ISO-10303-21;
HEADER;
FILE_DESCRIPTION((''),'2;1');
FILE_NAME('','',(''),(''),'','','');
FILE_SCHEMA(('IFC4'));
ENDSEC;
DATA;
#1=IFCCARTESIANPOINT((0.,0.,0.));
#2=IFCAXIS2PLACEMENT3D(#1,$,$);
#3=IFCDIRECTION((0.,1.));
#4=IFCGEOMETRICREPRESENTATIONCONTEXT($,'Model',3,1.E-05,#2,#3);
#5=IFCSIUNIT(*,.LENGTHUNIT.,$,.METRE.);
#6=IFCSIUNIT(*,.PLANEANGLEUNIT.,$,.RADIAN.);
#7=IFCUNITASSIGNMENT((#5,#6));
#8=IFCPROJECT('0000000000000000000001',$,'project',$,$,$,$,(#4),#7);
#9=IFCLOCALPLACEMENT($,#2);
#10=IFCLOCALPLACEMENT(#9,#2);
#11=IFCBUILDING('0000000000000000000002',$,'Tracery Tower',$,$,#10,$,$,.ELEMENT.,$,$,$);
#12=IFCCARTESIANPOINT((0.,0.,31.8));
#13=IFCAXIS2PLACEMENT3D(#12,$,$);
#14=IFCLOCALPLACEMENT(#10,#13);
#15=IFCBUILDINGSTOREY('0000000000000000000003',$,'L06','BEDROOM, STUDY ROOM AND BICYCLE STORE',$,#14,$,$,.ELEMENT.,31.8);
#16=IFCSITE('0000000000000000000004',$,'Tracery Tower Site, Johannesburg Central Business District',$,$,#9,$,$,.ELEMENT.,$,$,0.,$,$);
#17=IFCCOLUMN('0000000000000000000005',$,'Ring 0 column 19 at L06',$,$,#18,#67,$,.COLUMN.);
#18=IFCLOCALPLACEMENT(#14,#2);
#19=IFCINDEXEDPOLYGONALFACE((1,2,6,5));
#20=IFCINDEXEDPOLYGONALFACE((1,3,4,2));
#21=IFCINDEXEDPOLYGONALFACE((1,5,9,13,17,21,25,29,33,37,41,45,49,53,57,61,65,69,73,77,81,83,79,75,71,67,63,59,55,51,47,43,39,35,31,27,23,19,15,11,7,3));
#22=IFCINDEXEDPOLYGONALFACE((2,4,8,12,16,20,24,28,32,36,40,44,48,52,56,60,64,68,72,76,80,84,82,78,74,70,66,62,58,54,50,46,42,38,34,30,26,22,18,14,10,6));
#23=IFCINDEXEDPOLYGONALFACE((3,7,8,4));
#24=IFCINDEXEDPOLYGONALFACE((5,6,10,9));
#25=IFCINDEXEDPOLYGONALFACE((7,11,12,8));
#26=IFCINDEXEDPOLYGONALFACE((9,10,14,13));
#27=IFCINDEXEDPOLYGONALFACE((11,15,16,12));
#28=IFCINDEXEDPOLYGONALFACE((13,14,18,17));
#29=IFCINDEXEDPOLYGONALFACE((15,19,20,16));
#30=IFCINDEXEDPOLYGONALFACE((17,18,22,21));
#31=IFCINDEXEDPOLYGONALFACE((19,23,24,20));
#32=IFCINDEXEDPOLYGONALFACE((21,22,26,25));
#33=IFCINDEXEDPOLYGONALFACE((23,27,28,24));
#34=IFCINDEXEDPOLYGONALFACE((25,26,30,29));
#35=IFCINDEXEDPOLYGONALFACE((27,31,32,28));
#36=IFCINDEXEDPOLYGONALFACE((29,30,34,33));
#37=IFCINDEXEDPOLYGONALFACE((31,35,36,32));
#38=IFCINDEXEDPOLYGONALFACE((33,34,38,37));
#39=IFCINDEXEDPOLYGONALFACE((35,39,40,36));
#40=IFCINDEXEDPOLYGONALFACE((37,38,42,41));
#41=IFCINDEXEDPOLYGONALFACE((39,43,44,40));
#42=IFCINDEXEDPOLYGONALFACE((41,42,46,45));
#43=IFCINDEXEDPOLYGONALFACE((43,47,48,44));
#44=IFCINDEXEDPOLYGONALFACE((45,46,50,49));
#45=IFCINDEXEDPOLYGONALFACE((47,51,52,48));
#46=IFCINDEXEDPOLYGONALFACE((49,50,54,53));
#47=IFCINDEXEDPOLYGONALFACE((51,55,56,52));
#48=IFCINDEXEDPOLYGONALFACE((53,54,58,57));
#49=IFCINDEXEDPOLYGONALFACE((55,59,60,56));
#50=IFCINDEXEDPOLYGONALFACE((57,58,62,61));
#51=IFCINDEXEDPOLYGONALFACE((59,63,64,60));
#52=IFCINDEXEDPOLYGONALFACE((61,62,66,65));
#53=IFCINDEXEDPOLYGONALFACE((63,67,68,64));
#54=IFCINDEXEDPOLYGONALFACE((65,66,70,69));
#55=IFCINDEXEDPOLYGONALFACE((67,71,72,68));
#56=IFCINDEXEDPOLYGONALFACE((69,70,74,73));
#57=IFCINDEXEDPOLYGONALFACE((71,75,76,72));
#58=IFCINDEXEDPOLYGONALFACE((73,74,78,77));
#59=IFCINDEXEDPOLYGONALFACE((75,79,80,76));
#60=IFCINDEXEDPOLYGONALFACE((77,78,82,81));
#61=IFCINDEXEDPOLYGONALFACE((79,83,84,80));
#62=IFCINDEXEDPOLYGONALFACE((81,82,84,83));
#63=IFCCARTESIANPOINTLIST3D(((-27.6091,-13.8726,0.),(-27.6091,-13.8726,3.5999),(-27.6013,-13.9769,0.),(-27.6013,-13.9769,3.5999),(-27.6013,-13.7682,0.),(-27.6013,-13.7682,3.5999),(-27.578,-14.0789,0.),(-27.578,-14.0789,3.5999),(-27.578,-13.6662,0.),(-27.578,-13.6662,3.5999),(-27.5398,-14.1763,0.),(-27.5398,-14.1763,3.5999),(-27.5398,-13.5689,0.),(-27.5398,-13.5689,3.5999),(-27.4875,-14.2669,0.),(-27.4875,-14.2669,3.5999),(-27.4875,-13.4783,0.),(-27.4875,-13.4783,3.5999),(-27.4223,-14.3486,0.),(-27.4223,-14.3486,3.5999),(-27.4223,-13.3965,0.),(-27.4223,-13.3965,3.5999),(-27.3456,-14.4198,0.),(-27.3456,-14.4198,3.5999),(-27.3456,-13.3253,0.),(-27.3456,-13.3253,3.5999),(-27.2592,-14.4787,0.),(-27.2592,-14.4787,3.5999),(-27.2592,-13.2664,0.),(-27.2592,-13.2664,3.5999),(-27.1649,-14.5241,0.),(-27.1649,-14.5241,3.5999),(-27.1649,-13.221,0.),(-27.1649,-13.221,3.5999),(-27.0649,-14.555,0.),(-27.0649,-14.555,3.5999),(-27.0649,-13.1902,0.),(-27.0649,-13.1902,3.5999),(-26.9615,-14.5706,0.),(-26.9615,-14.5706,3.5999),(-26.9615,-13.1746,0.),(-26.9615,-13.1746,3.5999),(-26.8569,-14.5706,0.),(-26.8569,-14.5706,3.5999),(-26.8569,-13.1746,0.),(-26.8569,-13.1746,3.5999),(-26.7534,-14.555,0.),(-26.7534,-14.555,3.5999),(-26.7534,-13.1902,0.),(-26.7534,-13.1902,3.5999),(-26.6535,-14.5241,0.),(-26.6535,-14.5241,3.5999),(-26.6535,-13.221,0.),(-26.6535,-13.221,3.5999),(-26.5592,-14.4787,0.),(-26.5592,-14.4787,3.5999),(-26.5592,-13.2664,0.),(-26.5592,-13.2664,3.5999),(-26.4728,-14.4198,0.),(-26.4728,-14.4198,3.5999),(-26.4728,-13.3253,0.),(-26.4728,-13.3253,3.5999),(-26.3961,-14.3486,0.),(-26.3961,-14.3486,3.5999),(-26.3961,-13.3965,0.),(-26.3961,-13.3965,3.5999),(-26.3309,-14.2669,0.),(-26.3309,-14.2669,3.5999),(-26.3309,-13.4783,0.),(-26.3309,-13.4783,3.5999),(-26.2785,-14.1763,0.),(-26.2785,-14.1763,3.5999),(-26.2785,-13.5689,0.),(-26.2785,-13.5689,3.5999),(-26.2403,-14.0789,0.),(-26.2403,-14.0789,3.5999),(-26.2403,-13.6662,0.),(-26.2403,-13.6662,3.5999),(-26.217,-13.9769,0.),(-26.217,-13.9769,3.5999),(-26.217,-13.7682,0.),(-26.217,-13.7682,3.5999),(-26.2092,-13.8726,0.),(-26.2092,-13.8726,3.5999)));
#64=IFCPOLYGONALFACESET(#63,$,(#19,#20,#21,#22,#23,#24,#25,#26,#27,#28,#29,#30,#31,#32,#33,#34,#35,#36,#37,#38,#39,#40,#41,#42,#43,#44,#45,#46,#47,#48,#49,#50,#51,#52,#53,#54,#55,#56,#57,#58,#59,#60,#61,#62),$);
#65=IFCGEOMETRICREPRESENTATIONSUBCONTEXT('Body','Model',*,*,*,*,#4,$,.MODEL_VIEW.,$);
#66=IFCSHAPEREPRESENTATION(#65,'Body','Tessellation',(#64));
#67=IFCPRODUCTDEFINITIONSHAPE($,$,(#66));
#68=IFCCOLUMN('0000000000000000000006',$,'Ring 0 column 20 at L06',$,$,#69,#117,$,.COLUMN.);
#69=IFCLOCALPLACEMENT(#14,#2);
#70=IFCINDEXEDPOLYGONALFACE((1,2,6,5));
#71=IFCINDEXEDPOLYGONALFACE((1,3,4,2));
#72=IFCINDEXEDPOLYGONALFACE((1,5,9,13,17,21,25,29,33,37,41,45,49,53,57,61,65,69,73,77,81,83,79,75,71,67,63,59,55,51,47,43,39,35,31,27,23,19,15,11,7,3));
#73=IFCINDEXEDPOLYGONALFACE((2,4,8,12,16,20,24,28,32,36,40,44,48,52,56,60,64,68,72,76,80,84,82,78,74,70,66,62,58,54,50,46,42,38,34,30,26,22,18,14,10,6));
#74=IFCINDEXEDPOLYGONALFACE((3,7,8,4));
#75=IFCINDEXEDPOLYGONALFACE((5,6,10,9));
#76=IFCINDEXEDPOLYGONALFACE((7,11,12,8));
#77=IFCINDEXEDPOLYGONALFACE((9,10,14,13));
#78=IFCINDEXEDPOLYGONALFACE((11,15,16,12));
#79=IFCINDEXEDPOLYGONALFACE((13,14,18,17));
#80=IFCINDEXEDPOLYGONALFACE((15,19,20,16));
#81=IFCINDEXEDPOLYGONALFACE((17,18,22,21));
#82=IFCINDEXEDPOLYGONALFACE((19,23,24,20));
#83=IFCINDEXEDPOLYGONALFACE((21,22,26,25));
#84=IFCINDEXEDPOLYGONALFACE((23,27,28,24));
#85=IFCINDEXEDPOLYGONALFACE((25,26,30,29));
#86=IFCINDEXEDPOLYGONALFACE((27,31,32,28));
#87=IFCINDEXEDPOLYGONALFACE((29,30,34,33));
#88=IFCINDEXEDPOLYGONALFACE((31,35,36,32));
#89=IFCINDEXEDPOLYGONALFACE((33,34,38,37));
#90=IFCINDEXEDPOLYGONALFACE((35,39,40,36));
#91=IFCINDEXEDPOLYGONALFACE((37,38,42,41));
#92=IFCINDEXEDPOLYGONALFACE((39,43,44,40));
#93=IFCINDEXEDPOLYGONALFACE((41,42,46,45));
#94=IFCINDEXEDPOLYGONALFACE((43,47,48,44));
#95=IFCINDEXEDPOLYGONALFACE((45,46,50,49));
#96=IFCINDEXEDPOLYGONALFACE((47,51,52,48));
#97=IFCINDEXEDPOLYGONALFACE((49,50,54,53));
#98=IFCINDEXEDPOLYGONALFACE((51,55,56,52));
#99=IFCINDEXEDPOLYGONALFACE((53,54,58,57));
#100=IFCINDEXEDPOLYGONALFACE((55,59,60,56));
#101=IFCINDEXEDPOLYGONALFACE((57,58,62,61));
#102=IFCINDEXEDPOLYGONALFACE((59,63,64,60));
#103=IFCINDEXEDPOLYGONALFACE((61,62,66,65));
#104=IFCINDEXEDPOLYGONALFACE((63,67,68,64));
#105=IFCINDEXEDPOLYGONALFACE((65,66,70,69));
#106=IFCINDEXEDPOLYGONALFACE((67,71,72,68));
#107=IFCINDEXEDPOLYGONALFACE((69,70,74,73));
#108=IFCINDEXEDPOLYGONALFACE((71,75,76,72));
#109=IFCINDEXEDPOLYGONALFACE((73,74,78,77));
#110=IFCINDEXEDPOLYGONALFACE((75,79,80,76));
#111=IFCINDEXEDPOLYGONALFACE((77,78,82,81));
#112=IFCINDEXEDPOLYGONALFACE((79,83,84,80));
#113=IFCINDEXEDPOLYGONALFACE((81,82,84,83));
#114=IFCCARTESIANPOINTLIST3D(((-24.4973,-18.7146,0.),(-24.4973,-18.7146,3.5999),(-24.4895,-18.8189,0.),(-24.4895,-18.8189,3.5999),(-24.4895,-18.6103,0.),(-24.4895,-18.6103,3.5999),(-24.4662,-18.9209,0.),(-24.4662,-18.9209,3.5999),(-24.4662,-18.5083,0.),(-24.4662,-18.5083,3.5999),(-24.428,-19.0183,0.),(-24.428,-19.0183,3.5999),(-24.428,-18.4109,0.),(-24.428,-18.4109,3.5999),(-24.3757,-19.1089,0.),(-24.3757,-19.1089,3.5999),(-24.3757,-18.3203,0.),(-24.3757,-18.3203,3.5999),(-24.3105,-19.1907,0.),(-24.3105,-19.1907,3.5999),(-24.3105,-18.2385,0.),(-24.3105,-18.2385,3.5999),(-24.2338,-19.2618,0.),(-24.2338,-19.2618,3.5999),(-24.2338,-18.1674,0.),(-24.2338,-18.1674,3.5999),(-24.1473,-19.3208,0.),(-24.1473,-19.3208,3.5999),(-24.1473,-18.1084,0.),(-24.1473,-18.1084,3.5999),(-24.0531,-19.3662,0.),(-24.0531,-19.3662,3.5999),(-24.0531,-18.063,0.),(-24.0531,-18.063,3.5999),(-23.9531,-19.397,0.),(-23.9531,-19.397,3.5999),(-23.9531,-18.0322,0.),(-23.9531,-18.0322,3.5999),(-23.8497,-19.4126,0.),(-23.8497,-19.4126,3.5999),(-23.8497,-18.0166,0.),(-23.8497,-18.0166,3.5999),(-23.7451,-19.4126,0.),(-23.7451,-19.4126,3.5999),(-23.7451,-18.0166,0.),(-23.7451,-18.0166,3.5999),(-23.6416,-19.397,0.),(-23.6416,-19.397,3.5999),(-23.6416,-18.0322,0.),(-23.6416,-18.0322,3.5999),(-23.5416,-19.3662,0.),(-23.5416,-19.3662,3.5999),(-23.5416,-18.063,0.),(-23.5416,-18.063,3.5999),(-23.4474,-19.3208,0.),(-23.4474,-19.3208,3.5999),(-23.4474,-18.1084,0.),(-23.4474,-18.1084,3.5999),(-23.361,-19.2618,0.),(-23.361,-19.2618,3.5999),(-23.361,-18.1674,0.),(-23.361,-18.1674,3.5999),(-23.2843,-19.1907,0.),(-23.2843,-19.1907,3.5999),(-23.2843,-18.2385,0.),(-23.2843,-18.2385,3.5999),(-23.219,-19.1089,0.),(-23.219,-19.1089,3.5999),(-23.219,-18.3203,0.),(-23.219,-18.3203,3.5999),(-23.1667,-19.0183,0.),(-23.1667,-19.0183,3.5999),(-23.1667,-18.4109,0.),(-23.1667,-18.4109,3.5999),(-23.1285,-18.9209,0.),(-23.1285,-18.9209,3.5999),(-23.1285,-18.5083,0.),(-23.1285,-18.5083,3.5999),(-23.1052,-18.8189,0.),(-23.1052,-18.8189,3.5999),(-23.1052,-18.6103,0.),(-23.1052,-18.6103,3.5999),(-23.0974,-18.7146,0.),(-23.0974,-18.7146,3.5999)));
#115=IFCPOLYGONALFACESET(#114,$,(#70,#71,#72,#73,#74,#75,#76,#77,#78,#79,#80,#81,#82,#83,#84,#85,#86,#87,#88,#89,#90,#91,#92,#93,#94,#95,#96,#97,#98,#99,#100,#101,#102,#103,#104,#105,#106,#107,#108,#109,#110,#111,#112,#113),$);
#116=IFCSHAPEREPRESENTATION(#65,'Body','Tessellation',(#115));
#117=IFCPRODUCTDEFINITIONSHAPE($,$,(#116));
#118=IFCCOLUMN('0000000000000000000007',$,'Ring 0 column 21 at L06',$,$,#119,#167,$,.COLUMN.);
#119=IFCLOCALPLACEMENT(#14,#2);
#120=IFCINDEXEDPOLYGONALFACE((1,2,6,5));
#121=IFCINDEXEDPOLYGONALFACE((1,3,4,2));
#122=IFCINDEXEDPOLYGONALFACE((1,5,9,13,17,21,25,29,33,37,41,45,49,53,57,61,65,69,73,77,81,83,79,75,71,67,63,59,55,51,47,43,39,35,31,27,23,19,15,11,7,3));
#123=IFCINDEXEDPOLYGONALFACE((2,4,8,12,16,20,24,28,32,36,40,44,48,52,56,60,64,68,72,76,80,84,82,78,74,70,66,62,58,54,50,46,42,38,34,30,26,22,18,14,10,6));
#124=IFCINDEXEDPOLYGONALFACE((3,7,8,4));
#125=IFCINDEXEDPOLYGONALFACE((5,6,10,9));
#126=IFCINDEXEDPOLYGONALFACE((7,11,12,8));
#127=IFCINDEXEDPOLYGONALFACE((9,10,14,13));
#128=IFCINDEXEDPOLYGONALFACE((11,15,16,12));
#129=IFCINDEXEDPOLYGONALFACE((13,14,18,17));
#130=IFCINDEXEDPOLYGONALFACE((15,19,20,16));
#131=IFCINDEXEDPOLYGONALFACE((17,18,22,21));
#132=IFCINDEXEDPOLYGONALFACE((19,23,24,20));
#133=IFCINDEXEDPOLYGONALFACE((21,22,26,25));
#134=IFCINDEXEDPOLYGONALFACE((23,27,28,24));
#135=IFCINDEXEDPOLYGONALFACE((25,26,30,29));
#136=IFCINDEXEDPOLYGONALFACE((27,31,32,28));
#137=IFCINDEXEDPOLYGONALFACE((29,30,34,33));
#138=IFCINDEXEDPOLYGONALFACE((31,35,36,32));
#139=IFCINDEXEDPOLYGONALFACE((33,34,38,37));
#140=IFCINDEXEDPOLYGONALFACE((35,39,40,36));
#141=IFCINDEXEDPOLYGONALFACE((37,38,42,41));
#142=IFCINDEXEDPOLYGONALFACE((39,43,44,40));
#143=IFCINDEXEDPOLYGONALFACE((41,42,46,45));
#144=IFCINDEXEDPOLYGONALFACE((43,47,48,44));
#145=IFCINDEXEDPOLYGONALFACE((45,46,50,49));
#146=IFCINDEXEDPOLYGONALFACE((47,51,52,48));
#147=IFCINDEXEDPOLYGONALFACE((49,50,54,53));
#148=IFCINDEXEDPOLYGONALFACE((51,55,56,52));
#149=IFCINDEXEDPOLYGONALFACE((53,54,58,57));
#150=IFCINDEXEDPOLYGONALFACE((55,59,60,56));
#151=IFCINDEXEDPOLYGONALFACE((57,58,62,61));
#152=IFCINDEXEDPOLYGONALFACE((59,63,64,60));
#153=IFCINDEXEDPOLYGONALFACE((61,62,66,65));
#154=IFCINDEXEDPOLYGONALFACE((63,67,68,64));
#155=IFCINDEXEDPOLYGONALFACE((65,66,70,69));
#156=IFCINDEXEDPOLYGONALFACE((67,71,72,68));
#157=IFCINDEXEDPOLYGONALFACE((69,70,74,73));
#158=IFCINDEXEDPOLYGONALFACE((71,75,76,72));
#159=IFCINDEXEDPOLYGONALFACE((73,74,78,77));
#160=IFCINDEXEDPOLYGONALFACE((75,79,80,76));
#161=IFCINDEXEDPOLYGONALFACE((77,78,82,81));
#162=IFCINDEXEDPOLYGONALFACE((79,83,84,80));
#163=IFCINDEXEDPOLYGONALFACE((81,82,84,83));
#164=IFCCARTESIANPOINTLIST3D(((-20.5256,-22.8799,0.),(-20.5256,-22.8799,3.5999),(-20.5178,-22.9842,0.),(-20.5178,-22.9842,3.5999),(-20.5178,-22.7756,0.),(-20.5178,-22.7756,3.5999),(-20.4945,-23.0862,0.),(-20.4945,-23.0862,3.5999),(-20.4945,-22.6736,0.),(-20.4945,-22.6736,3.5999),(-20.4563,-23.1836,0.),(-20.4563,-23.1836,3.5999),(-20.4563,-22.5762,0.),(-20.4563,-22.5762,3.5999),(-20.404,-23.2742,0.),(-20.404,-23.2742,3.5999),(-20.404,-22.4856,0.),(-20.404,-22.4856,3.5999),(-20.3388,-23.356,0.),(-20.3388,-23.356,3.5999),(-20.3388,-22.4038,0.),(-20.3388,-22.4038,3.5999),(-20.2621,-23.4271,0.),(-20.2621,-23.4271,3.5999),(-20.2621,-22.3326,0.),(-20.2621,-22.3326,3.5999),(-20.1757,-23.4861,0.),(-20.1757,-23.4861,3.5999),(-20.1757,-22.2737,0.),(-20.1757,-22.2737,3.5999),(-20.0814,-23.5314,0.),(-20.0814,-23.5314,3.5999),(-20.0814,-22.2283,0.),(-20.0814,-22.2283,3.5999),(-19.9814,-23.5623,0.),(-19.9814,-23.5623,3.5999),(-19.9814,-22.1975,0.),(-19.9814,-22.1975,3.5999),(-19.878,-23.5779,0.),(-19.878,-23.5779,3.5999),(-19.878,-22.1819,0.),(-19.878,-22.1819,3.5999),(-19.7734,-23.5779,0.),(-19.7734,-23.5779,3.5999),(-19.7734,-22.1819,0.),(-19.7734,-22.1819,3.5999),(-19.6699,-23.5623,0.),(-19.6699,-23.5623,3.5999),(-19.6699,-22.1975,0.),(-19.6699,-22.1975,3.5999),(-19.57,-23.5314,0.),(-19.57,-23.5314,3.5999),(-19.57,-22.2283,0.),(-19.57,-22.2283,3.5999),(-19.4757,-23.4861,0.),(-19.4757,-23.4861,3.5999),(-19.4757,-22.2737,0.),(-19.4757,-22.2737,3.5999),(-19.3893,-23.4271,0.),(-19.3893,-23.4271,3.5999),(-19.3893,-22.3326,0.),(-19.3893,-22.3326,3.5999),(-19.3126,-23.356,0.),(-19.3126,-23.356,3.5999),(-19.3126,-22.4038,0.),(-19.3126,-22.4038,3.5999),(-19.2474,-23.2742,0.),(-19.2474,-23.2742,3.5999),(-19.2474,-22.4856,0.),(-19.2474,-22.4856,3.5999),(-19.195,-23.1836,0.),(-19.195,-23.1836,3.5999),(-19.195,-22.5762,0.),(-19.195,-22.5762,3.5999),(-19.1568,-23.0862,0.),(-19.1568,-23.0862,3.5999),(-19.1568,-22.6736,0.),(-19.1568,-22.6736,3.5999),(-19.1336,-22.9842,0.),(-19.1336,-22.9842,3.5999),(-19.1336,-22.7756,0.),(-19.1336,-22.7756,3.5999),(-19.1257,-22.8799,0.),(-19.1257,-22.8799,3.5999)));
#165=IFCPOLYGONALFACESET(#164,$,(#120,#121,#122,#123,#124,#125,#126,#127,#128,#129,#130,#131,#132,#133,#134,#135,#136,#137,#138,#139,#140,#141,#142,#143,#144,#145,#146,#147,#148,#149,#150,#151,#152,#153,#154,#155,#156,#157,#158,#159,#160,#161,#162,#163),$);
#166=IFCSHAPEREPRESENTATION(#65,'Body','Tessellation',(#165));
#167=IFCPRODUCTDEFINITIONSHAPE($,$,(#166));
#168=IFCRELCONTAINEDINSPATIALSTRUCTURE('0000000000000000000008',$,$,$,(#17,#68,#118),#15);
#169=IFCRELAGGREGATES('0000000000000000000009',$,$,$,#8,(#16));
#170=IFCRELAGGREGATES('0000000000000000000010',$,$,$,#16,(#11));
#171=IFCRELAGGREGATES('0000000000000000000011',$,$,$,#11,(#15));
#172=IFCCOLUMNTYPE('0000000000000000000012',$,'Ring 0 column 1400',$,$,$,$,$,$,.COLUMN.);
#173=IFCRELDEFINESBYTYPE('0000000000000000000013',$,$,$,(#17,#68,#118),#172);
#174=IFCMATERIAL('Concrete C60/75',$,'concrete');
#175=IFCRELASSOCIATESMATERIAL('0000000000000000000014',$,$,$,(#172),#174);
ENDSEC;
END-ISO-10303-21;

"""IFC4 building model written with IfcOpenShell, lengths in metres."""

from ifc_helpers import new_model, si_unit, direction, frame, origin, origin_2d, place, context, subcontext, project, spatial, circle, extrude, material, material_profile, profile_set, type_object, element, save


model = new_model("IFC4")

# Units and contexts
model_context = context("Model", 3, precision=1e-05, world=origin(), true_north=direction((0.0, 1.0)))
body_context = subcontext(model_context, "Body", "Model", "MODEL_VIEW")
ifc_project = project(units=[si_unit("LENGTHUNIT", "METRE"), si_unit("PLANEANGLEUNIT", "RADIAN")], contexts=[model_context])

# Site, building, storey
site_placement = place(None, origin())
site = spatial("IfcSite", under=ifc_project, at=site_placement, Name="Tracery Tower Site, Johannesburg Central Business District", CompositionType="ELEMENT", RefElevation=0.0)
building_placement = place(site_placement, origin())
building = spatial("IfcBuilding", under=site, at=building_placement, Name="Tracery Tower", CompositionType="ELEMENT")
storey_placement = place(building_placement, frame((0.0, 0.0, 31.8)))
storey = spatial("IfcBuildingStorey", under=building, at=storey_placement, Name="L06", Description="BEDROOM, STUDY ROOM AND BICYCLE STORE", CompositionType="ELEMENT", Elevation=31.8)

# Columns
ifc_material_1 = material(Name="Concrete C60/75", Category="concrete")
ifc_material_profile_1 = material_profile(ifc_material_1, circle(Radius=0.7, at=origin_2d()), Name="RC D1400")
ifc_profile_set_1 = profile_set([ifc_material_profile_1], Name="Concrete C60/75")
column_type_1 = type_object("IfcColumnType", Name="Ring 0 column 1400", PredefinedType="COLUMN", material=ifc_profile_set_1)
for number, where, z_axis, x_axis, name in (
    (1, (-26.9092, -13.8726, 0.0), (0.0, 0.0, 1.0), (1.0, 0.0, 0.0), "Ring 0 column 19 at L06"),
    (2, (-23.7974, -18.7146, 0.0), (0.0, 0.0, 1.0), (1.0, 0.0, 0.0), "Ring 0 column 20 at L06"),
    (3, (-19.8257, -22.8799, 0.0), (0.0, 0.0, 1.0), (1.0, 0.0, 0.0), "Ring 0 column 21 at L06"),
):
    element("IfcColumn", number, at=place(storey_placement, frame(where, z_axis=z_axis, x_axis=x_axis)), inside=storey, type_object=column_type_1, Name=name, PredefinedType="COLUMN", context=body_context, shape_type="SweptSolid", body=[
        extrude(circle(Radius=0.7, at=origin_2d()), origin(), (0.0, 0.0, 1.0), 3.5999),
    ])

save(model, "model.ifc")
